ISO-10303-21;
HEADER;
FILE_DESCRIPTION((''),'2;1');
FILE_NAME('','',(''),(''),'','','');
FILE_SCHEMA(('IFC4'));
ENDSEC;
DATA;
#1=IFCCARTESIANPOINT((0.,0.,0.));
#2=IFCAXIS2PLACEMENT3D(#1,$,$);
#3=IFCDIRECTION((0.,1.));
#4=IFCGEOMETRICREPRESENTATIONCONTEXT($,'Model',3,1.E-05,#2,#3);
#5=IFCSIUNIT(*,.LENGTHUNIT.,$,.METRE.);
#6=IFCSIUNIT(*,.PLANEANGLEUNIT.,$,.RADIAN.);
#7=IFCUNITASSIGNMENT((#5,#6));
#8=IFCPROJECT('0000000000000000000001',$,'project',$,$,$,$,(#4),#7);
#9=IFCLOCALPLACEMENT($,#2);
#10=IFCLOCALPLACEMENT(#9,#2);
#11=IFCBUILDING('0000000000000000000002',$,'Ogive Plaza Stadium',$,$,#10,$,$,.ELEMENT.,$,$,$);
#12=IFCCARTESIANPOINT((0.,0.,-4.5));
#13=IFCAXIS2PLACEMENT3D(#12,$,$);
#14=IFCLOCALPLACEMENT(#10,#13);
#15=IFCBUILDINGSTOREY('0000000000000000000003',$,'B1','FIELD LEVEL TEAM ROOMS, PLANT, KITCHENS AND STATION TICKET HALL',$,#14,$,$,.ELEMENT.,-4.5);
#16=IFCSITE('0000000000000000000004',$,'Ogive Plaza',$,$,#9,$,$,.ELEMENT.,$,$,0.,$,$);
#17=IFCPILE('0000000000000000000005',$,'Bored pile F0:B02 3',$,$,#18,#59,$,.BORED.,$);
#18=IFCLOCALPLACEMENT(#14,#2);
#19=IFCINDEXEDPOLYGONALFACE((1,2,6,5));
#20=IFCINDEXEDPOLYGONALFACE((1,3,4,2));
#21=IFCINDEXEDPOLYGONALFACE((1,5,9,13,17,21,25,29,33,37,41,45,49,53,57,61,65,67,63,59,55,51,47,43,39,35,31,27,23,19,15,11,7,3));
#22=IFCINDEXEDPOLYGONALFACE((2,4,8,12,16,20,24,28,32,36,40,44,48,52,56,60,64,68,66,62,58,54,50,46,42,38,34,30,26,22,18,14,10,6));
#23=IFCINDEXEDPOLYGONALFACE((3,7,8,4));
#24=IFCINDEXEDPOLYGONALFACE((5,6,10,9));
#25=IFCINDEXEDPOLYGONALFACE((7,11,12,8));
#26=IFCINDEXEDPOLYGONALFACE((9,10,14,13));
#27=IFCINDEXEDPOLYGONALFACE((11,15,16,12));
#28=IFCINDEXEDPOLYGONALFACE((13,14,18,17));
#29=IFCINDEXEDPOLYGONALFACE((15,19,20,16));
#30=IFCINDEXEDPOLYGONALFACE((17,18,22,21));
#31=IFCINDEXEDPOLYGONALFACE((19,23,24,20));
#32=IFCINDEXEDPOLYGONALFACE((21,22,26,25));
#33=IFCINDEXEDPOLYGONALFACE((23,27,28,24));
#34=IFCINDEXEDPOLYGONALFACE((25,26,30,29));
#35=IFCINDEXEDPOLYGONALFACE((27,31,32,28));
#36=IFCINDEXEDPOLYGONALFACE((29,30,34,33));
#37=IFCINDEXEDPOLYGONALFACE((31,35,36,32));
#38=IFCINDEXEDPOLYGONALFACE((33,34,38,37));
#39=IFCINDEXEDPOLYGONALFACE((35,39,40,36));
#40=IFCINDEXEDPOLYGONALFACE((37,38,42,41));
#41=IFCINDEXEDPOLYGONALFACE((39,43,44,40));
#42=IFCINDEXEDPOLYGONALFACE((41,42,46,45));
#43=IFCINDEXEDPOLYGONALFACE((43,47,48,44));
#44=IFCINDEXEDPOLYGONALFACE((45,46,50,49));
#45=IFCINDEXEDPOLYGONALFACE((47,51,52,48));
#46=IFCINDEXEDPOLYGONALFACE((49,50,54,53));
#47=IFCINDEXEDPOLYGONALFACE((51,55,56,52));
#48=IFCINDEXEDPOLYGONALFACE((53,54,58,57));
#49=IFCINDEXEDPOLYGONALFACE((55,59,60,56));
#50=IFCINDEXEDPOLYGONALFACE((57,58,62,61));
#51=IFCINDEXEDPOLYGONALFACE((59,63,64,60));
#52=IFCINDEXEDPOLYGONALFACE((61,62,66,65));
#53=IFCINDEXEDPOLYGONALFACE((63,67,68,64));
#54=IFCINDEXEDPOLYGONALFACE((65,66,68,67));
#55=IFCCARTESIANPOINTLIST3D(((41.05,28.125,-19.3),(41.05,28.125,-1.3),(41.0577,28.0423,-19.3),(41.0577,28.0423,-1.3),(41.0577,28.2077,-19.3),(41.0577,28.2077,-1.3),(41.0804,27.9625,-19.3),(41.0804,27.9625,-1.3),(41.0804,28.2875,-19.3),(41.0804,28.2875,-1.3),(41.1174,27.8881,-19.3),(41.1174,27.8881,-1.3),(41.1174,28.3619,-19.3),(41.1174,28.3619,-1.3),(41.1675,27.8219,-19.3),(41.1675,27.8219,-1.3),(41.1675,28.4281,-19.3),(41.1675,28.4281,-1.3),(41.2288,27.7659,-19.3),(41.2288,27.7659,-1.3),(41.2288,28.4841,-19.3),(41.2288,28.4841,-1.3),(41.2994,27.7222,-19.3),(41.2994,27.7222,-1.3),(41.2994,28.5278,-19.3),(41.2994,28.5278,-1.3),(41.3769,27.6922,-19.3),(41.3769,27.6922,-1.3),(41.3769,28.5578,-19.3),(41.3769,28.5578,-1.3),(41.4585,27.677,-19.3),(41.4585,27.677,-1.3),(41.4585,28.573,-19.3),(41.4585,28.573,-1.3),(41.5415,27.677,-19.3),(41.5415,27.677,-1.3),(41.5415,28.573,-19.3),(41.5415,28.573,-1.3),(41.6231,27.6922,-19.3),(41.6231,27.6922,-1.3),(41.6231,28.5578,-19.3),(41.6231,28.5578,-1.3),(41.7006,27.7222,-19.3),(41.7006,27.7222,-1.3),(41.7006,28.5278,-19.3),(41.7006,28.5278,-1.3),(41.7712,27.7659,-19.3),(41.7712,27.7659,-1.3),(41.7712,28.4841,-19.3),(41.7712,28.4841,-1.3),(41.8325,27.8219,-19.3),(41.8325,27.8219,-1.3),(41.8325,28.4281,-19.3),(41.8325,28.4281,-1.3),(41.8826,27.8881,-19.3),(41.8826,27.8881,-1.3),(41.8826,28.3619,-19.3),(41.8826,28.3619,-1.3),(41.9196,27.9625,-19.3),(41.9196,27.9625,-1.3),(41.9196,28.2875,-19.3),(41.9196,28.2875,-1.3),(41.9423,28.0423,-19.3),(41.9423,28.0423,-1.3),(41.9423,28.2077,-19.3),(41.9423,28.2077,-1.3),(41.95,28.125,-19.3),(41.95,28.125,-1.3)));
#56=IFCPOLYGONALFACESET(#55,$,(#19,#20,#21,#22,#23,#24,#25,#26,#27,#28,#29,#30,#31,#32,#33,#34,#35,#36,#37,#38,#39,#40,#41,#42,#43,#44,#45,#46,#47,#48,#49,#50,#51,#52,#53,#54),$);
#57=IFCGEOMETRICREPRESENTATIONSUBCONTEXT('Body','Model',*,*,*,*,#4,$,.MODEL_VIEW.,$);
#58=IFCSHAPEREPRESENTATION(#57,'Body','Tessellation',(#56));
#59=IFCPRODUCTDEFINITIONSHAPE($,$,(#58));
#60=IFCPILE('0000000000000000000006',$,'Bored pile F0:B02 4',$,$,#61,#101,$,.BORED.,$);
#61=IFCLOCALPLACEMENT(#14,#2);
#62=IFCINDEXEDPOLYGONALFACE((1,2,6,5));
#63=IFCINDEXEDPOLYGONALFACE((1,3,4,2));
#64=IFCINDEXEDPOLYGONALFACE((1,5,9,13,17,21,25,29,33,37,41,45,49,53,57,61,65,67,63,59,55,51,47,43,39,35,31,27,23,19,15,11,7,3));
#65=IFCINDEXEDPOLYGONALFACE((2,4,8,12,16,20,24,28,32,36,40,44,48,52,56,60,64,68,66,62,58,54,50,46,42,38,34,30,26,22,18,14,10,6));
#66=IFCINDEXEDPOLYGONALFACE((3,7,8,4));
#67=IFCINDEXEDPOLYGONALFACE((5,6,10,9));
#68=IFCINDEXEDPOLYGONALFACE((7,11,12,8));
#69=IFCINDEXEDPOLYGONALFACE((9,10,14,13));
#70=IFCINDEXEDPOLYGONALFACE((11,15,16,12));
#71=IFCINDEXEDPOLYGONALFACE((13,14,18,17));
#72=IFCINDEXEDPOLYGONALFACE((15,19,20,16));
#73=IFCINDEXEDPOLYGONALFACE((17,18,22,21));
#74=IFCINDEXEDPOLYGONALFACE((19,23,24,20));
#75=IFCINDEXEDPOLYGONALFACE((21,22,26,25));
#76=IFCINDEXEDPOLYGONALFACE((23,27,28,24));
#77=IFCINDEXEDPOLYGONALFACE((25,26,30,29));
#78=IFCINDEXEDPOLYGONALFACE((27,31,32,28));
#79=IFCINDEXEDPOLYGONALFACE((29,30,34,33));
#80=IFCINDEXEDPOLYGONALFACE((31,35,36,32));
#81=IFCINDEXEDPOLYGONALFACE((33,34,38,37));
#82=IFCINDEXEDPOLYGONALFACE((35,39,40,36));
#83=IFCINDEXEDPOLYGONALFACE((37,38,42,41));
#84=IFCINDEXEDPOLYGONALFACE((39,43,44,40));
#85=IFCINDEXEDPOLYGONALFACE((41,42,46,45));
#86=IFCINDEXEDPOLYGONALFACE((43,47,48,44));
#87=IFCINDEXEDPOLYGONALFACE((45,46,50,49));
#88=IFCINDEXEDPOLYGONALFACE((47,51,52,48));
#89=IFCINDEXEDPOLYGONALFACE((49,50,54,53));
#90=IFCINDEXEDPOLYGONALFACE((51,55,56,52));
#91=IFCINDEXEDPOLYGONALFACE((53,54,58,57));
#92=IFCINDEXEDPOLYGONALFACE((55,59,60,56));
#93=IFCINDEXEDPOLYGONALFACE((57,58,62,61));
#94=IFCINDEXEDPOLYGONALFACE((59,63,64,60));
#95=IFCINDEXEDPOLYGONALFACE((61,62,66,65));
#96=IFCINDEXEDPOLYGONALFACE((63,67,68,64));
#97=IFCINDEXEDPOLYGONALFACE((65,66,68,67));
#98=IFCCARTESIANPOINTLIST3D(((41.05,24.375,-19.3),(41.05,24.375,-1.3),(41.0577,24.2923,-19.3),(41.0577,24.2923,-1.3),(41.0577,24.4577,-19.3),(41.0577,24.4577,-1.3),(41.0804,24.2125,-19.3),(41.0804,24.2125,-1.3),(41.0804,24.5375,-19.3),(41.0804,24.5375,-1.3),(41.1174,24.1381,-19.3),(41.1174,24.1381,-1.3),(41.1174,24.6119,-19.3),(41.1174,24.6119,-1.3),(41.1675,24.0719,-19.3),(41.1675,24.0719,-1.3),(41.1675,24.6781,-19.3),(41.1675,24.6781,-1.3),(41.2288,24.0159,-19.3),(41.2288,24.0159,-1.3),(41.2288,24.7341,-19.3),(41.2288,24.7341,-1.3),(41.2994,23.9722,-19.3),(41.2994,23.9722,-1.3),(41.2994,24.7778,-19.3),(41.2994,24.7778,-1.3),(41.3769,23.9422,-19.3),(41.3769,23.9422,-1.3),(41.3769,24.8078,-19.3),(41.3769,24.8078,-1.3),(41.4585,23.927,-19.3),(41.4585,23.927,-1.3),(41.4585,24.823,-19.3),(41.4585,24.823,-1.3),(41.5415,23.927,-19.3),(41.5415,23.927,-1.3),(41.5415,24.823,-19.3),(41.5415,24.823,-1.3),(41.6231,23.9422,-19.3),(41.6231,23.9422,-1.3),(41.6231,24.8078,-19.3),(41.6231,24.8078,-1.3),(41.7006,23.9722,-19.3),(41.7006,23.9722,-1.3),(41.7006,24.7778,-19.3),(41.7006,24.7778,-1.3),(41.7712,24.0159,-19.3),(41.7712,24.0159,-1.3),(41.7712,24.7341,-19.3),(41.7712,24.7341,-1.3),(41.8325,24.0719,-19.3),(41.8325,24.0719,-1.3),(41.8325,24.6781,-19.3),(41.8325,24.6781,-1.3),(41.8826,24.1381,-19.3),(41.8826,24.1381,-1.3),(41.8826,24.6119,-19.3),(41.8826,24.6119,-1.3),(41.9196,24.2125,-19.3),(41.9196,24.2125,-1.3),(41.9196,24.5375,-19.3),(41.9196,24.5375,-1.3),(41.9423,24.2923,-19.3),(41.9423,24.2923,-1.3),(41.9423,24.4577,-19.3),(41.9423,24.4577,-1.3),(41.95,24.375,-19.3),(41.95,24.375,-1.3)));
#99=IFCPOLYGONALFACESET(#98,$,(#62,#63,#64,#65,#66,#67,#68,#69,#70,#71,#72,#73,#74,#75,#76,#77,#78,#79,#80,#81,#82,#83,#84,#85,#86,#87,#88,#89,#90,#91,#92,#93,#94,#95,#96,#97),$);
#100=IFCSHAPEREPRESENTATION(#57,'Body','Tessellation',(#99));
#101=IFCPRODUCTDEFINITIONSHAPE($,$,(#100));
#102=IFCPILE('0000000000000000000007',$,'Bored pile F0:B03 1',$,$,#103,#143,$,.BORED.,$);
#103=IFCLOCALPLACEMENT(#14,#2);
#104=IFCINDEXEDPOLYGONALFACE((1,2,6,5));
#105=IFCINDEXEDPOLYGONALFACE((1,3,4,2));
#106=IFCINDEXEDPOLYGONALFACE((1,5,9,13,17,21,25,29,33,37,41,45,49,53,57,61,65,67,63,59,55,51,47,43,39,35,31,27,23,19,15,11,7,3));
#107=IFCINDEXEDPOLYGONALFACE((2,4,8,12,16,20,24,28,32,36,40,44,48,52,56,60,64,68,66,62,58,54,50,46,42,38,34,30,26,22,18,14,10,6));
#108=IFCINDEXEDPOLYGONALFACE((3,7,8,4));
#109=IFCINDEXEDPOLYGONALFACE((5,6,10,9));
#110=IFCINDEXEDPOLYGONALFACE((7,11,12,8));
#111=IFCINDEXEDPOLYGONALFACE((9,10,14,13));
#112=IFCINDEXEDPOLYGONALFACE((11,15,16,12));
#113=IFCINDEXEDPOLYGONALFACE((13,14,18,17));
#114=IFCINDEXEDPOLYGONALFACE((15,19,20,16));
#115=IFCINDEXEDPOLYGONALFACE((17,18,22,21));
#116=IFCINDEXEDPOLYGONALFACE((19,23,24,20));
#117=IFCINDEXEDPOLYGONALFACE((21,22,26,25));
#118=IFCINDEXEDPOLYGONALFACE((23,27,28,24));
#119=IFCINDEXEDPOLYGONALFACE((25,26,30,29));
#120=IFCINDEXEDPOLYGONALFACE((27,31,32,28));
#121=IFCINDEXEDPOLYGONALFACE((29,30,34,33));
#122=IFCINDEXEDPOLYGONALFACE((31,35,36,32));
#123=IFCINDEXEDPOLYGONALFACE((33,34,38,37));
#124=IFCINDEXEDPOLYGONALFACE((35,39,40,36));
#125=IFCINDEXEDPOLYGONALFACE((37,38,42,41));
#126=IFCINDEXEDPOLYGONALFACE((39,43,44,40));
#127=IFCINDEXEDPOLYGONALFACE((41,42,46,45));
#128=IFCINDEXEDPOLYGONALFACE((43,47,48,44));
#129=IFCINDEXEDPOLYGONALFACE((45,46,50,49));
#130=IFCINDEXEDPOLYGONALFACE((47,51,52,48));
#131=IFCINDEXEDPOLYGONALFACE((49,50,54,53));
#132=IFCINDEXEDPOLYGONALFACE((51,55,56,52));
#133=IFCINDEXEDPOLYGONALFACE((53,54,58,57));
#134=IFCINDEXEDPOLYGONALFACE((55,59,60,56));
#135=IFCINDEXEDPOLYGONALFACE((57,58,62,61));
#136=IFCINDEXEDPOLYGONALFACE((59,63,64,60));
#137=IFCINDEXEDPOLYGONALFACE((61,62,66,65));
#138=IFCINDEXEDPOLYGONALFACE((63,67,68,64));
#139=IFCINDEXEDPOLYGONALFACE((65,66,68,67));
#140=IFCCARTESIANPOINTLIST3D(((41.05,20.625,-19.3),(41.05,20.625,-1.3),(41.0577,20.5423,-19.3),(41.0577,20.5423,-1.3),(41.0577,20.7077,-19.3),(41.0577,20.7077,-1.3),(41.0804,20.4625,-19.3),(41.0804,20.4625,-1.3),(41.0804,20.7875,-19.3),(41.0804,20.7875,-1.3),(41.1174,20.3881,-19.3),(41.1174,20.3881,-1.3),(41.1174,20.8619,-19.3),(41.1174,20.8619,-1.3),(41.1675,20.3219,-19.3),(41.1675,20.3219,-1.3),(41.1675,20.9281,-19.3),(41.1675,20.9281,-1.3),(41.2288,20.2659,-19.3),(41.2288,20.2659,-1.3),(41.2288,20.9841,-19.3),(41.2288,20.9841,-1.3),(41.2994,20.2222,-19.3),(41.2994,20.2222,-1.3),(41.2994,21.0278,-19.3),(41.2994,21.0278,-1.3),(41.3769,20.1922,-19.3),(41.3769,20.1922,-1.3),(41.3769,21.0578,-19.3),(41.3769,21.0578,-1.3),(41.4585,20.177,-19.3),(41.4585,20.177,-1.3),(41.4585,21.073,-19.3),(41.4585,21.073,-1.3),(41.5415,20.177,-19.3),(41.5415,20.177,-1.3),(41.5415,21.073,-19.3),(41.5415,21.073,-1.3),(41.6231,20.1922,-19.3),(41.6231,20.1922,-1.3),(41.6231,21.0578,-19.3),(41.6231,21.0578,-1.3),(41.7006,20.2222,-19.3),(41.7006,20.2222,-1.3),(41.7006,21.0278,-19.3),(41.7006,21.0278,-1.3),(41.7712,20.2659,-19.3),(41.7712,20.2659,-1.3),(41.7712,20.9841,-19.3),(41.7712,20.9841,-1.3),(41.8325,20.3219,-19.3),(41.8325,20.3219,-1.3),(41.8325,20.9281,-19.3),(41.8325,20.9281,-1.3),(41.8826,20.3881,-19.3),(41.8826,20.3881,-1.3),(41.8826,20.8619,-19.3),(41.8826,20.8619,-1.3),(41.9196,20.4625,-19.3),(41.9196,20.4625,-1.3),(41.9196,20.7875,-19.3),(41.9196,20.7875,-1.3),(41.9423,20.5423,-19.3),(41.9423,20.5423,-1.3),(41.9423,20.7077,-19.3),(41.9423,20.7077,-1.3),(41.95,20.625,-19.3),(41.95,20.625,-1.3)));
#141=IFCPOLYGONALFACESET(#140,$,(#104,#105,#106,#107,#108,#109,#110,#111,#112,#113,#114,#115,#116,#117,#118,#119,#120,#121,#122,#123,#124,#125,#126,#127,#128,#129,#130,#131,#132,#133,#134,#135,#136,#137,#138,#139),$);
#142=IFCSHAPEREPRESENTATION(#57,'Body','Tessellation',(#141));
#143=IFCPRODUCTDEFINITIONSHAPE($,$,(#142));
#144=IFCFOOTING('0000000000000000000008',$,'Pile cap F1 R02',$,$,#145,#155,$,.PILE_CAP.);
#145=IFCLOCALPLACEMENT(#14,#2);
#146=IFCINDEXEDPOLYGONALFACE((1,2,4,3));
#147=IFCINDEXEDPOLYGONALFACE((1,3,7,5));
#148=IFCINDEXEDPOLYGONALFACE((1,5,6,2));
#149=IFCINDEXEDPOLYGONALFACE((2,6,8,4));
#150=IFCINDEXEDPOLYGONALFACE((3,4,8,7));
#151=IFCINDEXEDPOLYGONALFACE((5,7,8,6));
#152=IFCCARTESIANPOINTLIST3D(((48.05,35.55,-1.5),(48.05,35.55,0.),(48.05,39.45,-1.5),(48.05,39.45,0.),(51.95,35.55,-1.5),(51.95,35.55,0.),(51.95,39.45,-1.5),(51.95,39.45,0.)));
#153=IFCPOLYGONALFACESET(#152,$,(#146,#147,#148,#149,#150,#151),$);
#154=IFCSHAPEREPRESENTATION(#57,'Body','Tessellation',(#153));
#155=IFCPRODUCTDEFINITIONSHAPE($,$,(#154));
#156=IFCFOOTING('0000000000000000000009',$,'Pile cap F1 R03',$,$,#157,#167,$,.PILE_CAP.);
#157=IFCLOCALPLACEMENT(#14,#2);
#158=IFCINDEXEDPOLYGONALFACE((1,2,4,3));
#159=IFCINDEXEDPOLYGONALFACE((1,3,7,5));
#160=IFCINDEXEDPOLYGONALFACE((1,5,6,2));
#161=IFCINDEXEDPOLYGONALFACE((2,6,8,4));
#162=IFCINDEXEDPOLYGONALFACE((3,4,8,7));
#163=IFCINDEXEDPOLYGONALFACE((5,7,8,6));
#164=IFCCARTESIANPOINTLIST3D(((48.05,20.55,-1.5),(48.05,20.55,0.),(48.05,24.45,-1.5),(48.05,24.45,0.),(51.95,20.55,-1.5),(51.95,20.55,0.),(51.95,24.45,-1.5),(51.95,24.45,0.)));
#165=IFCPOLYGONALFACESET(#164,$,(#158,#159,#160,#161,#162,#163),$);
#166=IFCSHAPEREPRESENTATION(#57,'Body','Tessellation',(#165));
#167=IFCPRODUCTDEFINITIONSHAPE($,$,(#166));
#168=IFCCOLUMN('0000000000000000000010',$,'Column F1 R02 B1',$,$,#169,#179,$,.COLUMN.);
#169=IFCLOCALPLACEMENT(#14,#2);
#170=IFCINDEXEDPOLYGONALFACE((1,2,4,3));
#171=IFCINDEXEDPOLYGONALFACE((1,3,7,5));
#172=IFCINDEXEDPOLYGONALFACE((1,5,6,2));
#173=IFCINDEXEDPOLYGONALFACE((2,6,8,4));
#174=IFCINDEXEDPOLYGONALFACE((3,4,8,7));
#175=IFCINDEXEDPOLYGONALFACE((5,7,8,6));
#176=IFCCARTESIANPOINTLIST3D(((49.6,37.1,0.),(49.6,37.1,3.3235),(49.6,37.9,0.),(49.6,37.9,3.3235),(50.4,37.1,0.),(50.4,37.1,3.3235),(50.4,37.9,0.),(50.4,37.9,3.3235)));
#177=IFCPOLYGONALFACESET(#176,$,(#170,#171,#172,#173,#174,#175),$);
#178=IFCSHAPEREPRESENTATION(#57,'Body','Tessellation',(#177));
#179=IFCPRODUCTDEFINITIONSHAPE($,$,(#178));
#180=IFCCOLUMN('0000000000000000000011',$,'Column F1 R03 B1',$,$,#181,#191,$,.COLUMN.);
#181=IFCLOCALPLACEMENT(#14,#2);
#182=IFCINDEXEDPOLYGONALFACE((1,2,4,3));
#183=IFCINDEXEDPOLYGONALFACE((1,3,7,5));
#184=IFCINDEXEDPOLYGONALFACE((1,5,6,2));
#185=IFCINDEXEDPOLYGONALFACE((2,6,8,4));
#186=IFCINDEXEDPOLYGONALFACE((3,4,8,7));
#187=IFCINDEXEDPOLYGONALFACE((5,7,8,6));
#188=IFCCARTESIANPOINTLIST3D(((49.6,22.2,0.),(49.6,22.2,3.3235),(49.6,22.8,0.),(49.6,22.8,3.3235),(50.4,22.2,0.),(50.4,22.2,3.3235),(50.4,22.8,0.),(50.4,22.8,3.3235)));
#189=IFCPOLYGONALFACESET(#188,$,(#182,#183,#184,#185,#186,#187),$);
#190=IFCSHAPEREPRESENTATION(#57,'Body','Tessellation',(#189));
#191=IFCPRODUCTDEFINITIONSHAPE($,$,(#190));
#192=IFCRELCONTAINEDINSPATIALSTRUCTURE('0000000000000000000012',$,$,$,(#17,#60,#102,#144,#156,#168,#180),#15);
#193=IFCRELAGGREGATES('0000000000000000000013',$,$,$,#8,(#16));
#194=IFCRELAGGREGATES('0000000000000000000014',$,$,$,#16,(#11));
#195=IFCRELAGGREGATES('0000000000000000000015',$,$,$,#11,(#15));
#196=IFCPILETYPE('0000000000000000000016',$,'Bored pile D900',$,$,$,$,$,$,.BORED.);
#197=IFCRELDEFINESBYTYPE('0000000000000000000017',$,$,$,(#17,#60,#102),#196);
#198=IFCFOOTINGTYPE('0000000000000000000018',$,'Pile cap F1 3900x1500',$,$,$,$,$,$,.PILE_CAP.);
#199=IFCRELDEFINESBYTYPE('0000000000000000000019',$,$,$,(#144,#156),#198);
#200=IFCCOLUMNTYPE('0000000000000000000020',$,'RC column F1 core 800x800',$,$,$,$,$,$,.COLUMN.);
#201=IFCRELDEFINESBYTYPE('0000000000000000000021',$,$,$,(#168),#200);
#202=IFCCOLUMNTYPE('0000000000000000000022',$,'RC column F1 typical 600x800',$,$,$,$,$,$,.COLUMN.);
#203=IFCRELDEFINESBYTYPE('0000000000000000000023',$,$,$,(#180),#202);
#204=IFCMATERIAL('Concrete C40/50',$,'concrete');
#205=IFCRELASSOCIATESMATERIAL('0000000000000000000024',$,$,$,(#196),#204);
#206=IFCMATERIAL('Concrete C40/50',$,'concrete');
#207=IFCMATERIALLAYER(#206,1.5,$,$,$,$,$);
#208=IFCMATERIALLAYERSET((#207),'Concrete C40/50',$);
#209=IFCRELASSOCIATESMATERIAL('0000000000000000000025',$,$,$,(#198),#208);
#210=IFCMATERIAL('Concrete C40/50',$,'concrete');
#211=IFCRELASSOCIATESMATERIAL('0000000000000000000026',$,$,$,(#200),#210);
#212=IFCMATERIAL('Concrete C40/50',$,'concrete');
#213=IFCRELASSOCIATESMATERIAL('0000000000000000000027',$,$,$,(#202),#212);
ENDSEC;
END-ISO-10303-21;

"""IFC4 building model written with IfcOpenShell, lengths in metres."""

from ifc_helpers import new_model, si_unit, direction, frame, origin, origin_2d, place, context, subcontext, project, spatial, rectangle, circle, extrude, material, layer, layer_set, material_profile, profile_set, type_object, element, save


model = new_model("IFC4")

# Units and contexts
model_context = context("Model", 3, precision=1e-05, world=origin(), true_north=direction((0.0, 1.0)))
body_context = subcontext(model_context, "Body", "Model", "MODEL_VIEW")
ifc_project = project(units=[si_unit("LENGTHUNIT", "METRE"), si_unit("PLANEANGLEUNIT", "RADIAN")], contexts=[model_context])

# Site, building, storey
site_placement = place(None, origin())
site = spatial("IfcSite", under=ifc_project, at=site_placement, Name="Ogive Plaza", CompositionType="ELEMENT", RefElevation=0.0)
building_placement = place(site_placement, origin())
building = spatial("IfcBuilding", under=site, at=building_placement, Name="Ogive Plaza Stadium", CompositionType="ELEMENT")
storey_placement = place(building_placement, frame((0.0, 0.0, -4.5)))
storey = spatial("IfcBuildingStorey", under=building, at=storey_placement, Name="B1", Description="FIELD LEVEL TEAM ROOMS, PLANT, KITCHENS AND STATION TICKET HALL", CompositionType="ELEMENT", Elevation=-4.5)

# Piles
ifc_material_1 = material(Name="Concrete C40/50", Category="concrete")
ifc_material_profile_1 = material_profile(ifc_material_1, circle(Radius=0.45, at=origin_2d()), Name="RC D900")
ifc_profile_set_1 = profile_set([ifc_material_profile_1], Name="Concrete C40/50")
pile_type = type_object("IfcPileType", Name="Bored pile D900", PredefinedType="BORED", material=ifc_profile_set_1)
for number, where, z_axis, x_axis, name in (
    (1, (41.5, 28.125, -1.3), (0.0, 0.0, -1.0), (1.0, 0.0, 0.0), "Bored pile F0:B02 3"),
    (2, (41.5, 24.375, -1.3), (0.0, 0.0, -1.0), (1.0, 0.0, 0.0), "Bored pile F0:B02 4"),
    (3, (41.5, 20.625, -1.3), (0.0, 0.0, -1.0), (1.0, 0.0, 0.0), "Bored pile F0:B03 1"),
):
    element("IfcPile", number, at=place(storey_placement, frame(where, z_axis=z_axis, x_axis=x_axis)), inside=storey, type_object=pile_type, Name=name, PredefinedType="BORED", context=body_context, shape_type="SweptSolid", body=[
        extrude(circle(Radius=0.45, at=origin_2d()), origin(), (0.0, 0.0, 1.0), 18.0),
    ])

# Footings
ifc_material_2 = material(Name="Concrete C40/50", Category="concrete")
ifc_layer_1 = layer(ifc_material_2, 1.5)
ifc_layer_set_1 = layer_set([ifc_layer_1], Name="Concrete C40/50")
footing_type = type_object("IfcFootingType", Name="Pile cap F1 3900x1500", PredefinedType="PILE_CAP", material=ifc_layer_set_1)
for number, where, z_axis, x_axis, name in (
    (4, (50.0, 37.5, -1.5), (0.0, 0.0, 1.0), (1.0, 0.0, 0.0), "Pile cap F1 R02"),
    (5, (50.0, 22.5, -1.5), (0.0, 0.0, 1.0), (1.0, 0.0, 0.0), "Pile cap F1 R03"),
):
    element("IfcFooting", number, at=place(storey_placement, frame(where, z_axis=z_axis, x_axis=x_axis)), inside=storey, type_object=footing_type, Name=name, PredefinedType="PILE_CAP", context=body_context, shape_type="SweptSolid", body=[
        extrude(rectangle(XDim=3.8999, YDim=3.8999, at=origin_2d()), origin(), (0.0, 0.0, 1.0), 1.5),
    ])

# Columns
ifc_material_3 = material(Name="Concrete C40/50", Category="concrete")
ifc_material_profile_2 = material_profile(ifc_material_3, rectangle(XDim=0.8, YDim=0.8, at=origin_2d()), Name="RC 800x800")
ifc_profile_set_2 = profile_set([ifc_material_profile_2], Name="Concrete C40/50")
column_type_1 = type_object("IfcColumnType", Name="RC column F1 core 800x800", PredefinedType="COLUMN", material=ifc_profile_set_2)
column_1_placement = place(storey_placement, frame((50.0, 37.5, 0.0), z_axis=(0.0, 0.0, 1.0), x_axis=(0.0, 1.0, 0.0)))
element("IfcColumn", 6, at=column_1_placement, inside=storey, type_object=column_type_1, Name="Column F1 R02 B1", PredefinedType="COLUMN", context=body_context, shape_type="SweptSolid", body=[
    extrude(rectangle(XDim=0.8, YDim=0.8, at=origin_2d()), origin(), (0.0, 0.0, 1.0), 3.3235),
])
ifc_material_4 = material(Name="Concrete C40/50", Category="concrete")
ifc_material_profile_3 = material_profile(ifc_material_4, rectangle(XDim=0.6001, YDim=0.8, at=origin_2d()), Name="RC 600x800")
ifc_profile_set_3 = profile_set([ifc_material_profile_3], Name="Concrete C40/50")
column_type_2 = type_object("IfcColumnType", Name="RC column F1 typical 600x800", PredefinedType="COLUMN", material=ifc_profile_set_3)
column_2_placement = place(storey_placement, frame((50.0, 22.5, 0.0), z_axis=(0.0, 0.0, 1.0), x_axis=(0.0, 1.0, 0.0)))
element("IfcColumn", 7, at=column_2_placement, inside=storey, type_object=column_type_2, Name="Column F1 R03 B1", PredefinedType="COLUMN", context=body_context, shape_type="SweptSolid", body=[
    extrude(rectangle(XDim=0.6001, YDim=0.8, at=origin_2d()), origin(), (0.0, 0.0, 1.0), 3.3235),
])

save(model, "model.ifc")
